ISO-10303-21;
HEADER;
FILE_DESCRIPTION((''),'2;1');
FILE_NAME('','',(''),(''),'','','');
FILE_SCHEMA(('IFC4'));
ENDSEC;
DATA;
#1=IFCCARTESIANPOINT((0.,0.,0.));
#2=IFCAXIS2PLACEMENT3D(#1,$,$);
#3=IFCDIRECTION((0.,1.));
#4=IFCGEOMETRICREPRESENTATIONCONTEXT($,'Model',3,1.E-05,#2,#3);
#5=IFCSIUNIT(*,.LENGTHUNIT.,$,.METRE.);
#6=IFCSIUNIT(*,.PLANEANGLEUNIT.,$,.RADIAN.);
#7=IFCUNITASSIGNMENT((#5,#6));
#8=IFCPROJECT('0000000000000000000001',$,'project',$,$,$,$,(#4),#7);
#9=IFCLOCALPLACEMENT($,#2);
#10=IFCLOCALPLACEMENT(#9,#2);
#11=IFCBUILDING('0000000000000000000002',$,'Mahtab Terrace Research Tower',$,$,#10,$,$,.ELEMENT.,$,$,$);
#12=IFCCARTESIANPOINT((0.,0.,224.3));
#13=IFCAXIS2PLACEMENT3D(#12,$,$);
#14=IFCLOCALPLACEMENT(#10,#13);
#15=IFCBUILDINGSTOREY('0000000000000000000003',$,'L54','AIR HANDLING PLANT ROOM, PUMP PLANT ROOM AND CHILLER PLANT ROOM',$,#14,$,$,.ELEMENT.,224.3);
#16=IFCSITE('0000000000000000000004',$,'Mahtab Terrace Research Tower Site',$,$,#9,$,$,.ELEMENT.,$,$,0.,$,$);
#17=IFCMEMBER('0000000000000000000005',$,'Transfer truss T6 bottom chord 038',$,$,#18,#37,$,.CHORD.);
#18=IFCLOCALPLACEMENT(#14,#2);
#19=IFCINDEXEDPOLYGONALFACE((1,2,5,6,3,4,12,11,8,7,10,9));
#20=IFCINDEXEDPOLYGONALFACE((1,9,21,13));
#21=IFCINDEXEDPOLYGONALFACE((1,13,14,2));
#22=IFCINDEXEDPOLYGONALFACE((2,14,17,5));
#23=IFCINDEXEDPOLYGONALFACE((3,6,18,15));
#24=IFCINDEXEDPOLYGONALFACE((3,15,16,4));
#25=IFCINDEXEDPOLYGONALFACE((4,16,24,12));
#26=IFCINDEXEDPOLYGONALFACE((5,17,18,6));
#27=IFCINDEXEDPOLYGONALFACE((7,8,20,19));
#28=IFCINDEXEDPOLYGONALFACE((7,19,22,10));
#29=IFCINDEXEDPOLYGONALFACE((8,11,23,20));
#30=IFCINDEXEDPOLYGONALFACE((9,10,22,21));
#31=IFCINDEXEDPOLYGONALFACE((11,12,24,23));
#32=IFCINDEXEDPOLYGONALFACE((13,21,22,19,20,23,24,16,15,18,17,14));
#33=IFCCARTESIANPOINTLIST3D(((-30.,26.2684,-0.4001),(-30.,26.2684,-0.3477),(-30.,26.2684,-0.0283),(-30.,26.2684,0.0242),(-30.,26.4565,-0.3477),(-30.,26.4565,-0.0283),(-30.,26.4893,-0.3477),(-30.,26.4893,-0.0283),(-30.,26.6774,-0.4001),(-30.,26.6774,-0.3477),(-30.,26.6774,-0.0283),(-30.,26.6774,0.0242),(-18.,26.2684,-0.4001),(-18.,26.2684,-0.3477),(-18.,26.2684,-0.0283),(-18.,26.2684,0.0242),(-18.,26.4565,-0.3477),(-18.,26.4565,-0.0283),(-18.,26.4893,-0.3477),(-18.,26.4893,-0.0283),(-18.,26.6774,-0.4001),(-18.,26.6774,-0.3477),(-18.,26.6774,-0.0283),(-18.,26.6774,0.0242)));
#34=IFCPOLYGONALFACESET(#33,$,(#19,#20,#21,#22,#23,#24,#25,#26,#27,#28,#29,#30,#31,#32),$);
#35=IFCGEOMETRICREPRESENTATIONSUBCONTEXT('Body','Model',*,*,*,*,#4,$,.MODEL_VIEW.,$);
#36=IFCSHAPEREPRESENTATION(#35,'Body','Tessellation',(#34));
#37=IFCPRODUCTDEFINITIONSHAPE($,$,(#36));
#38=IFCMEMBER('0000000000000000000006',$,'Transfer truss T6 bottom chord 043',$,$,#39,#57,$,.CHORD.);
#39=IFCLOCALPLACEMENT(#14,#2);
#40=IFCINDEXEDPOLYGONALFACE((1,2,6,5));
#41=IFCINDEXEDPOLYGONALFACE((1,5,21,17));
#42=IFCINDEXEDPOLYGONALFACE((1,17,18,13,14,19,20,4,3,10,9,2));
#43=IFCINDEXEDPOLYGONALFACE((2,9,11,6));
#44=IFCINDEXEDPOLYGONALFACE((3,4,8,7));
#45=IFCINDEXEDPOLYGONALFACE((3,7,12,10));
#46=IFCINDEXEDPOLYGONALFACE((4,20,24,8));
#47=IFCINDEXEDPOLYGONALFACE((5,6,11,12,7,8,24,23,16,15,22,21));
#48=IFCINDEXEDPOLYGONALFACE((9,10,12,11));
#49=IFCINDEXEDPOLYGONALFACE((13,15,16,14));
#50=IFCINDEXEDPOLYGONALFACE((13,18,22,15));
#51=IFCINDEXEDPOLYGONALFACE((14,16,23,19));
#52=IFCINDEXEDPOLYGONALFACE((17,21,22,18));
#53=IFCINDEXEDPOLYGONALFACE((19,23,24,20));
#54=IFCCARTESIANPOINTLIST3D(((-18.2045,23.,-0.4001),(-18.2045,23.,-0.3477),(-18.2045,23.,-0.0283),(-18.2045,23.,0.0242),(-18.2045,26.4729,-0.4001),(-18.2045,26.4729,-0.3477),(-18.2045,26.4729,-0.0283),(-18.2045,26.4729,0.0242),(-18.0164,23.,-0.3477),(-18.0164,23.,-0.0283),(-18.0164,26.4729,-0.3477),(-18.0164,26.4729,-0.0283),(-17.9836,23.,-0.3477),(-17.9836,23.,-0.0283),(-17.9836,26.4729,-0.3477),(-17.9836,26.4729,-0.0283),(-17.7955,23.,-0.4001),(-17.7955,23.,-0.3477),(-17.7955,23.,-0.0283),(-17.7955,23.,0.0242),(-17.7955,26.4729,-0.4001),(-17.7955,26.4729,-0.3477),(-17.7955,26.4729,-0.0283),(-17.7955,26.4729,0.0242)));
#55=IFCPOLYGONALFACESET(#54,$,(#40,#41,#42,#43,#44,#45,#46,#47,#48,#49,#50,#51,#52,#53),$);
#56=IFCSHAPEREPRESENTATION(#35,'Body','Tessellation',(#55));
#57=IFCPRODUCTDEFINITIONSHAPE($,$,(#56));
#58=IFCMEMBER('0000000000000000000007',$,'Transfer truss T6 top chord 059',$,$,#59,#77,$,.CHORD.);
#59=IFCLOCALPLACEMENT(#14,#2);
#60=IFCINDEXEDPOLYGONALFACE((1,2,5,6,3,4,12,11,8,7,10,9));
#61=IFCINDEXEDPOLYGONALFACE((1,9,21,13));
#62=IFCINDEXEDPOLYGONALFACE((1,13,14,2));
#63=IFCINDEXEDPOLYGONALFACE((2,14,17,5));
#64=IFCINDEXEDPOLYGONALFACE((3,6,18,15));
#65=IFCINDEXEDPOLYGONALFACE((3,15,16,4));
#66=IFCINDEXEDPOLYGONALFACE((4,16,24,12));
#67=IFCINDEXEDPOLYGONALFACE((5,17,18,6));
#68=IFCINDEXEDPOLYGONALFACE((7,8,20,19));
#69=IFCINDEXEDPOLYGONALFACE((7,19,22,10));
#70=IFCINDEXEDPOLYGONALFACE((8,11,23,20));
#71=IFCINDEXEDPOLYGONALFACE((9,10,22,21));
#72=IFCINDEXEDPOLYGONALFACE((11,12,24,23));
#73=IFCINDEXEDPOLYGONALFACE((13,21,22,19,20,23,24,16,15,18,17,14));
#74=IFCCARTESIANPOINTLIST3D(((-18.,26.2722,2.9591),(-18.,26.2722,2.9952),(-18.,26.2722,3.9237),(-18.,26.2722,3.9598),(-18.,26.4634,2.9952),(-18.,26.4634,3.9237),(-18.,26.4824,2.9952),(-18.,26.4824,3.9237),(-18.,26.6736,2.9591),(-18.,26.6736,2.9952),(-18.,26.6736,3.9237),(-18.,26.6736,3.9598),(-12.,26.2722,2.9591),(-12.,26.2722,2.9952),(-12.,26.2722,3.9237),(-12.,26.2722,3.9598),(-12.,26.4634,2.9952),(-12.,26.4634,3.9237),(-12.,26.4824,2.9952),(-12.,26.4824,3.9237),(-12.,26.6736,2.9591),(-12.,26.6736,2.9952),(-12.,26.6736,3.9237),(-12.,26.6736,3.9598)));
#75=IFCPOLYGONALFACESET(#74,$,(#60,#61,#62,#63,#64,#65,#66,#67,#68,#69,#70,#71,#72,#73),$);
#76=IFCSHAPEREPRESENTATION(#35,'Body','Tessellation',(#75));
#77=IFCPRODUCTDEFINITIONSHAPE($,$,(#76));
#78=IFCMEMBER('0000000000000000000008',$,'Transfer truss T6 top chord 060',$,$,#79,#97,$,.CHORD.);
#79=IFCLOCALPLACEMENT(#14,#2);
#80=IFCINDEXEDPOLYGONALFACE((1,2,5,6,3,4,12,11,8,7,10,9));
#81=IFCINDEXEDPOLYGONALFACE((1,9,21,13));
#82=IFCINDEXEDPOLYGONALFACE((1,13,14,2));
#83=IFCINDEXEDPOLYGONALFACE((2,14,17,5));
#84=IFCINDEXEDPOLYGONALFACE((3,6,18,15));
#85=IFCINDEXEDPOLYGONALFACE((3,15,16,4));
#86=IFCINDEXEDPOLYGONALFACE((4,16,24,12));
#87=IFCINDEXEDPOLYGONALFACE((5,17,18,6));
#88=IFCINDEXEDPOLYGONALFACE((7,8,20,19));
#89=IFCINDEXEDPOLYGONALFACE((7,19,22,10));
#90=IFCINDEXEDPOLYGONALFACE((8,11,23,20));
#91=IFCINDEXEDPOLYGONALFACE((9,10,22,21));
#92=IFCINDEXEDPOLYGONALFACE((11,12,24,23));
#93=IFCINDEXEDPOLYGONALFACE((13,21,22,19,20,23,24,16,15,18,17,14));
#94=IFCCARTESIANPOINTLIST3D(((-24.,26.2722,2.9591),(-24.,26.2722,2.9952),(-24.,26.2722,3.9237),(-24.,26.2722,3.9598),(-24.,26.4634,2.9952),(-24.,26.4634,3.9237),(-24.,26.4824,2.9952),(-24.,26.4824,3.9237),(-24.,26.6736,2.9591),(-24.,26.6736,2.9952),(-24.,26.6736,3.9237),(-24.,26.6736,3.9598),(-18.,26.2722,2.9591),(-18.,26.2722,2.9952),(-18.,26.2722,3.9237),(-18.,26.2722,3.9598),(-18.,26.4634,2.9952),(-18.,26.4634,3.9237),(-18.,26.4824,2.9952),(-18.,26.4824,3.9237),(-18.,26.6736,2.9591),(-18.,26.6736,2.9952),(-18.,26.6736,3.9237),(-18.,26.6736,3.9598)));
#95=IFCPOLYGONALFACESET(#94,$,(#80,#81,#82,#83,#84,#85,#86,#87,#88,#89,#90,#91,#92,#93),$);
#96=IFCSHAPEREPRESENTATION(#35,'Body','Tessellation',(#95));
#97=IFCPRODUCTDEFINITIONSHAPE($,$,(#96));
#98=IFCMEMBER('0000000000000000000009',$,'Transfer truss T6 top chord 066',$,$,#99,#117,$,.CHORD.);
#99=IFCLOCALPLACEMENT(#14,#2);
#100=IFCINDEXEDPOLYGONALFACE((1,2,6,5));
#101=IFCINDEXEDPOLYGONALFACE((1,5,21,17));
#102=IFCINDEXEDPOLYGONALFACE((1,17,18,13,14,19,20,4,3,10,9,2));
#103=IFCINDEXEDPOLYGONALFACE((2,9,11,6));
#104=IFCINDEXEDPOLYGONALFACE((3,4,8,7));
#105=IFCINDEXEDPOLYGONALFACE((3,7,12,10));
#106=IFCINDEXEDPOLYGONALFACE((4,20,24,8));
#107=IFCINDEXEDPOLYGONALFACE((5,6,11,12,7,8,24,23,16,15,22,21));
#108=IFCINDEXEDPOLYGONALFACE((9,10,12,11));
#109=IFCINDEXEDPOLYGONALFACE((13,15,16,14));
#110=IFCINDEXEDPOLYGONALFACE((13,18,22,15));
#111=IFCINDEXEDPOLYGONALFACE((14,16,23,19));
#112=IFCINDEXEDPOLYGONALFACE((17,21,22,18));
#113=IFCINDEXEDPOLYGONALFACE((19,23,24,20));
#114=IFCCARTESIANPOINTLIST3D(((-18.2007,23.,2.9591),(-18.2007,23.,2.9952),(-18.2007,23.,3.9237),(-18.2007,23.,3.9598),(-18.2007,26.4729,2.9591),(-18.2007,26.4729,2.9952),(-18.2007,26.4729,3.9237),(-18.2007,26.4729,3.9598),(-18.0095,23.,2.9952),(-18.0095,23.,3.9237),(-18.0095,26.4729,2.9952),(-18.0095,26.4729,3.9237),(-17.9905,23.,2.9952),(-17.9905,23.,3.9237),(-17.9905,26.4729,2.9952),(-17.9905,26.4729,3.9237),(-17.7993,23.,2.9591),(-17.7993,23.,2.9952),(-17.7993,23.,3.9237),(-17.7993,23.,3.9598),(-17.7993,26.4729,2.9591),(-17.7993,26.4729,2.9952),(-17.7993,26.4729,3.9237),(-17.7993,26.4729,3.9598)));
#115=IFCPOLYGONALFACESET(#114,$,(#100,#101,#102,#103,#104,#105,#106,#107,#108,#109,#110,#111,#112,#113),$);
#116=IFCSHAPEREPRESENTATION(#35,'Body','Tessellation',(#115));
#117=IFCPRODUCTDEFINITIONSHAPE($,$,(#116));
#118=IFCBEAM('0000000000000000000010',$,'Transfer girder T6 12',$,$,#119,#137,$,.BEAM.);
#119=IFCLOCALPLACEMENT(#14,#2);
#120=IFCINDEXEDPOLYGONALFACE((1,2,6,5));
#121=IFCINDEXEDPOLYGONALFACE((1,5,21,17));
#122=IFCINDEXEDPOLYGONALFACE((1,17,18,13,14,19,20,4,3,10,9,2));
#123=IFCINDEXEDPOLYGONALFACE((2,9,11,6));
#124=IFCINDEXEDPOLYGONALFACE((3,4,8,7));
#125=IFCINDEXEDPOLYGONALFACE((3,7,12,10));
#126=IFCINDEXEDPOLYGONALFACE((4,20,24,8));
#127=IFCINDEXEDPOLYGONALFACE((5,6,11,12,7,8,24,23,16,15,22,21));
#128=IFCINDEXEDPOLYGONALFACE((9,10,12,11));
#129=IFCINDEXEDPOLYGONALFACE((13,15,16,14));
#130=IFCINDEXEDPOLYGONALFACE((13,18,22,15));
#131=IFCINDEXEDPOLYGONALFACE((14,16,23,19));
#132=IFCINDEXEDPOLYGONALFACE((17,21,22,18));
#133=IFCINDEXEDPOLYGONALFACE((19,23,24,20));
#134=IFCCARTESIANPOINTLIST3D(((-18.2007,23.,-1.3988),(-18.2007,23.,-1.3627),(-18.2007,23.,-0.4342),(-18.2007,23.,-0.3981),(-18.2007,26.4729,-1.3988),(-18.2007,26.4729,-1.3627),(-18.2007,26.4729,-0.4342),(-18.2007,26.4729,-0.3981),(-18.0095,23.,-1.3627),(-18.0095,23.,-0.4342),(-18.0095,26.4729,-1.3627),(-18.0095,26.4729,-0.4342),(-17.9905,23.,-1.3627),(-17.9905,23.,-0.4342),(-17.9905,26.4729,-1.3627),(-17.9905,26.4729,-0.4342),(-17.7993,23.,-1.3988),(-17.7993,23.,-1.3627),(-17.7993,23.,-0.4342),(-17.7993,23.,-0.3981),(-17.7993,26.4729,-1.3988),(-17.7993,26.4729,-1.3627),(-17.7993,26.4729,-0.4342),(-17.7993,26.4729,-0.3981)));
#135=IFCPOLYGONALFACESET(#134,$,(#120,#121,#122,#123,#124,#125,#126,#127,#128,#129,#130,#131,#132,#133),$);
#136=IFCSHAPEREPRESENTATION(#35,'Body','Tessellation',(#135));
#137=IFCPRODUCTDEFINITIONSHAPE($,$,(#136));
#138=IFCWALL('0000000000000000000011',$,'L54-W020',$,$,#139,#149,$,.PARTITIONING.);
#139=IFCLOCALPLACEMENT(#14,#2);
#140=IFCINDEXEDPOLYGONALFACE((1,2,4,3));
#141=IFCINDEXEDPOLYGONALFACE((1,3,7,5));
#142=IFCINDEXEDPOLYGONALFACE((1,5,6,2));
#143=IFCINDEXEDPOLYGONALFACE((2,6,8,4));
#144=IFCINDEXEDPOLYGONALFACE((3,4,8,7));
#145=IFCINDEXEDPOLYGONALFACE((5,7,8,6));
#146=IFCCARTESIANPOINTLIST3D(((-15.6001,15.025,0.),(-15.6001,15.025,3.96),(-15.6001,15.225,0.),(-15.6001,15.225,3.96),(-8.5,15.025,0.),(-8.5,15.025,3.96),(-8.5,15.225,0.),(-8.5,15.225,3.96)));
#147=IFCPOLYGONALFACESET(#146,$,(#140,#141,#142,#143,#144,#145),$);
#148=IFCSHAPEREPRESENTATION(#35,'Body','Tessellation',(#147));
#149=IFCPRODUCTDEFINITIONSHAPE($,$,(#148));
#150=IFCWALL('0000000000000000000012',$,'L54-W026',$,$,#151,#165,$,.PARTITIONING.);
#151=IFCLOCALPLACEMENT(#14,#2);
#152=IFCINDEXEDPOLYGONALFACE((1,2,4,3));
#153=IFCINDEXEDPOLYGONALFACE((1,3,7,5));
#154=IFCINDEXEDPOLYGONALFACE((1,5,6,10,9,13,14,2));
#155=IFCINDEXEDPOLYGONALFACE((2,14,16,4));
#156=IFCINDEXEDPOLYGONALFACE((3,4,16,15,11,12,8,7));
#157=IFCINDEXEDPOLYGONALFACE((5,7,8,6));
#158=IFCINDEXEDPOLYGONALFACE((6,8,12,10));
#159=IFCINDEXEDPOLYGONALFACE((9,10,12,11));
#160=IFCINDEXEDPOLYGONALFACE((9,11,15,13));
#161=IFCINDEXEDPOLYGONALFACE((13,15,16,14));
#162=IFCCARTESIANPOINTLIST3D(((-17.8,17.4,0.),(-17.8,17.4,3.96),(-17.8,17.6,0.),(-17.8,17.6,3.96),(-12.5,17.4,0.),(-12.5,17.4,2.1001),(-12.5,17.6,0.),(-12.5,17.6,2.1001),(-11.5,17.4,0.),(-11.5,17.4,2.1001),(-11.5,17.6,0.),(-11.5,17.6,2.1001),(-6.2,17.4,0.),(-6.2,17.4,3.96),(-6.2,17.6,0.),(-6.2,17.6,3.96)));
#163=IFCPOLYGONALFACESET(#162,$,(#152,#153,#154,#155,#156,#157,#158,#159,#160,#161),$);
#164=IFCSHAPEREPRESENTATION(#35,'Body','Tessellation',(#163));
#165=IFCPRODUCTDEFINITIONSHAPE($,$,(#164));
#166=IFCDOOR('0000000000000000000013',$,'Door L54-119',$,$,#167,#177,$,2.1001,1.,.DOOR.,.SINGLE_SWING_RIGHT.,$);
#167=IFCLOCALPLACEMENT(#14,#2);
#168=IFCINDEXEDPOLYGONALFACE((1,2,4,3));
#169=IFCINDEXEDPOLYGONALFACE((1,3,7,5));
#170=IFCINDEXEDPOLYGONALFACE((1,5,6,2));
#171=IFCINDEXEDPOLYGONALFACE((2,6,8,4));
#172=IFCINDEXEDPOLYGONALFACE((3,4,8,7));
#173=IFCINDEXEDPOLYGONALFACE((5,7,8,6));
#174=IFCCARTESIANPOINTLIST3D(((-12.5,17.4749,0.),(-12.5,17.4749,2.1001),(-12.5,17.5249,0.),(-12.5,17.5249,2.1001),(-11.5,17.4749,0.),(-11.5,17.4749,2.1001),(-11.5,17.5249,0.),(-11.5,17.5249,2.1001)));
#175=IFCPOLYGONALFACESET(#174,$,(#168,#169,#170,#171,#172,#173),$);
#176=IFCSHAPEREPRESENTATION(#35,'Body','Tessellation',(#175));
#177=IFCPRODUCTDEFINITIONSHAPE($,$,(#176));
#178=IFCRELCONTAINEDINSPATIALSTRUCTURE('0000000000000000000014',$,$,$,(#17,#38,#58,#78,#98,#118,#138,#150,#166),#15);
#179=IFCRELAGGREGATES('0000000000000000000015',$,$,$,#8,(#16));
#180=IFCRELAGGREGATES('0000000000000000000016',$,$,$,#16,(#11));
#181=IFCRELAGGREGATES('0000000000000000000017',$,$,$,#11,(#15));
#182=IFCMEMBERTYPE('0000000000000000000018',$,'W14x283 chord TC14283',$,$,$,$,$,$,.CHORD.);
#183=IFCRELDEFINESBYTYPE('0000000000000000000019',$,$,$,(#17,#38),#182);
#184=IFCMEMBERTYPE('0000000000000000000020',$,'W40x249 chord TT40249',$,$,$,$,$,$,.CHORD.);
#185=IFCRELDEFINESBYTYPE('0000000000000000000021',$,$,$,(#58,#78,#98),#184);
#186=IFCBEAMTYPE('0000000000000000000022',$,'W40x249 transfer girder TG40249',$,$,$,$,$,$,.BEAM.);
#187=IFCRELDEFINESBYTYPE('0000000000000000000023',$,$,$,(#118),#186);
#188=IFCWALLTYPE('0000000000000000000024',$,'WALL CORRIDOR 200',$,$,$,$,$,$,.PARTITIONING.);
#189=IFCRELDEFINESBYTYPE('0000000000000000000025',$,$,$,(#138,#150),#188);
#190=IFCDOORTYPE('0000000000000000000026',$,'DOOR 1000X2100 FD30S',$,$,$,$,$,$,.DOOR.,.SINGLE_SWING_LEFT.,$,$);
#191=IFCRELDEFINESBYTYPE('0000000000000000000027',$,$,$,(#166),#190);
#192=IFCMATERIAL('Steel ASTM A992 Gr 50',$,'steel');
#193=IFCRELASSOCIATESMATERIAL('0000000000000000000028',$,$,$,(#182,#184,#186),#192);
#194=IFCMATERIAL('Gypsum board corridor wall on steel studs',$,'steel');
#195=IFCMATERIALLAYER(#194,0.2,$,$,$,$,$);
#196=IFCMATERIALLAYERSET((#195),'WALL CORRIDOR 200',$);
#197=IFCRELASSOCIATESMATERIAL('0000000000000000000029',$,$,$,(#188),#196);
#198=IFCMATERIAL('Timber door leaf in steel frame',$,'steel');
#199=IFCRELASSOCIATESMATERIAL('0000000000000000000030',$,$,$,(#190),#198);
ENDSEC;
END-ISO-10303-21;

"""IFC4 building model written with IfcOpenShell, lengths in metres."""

from ifc_helpers import new_model, si_unit, direction, frame, frame_2d, origin, origin_2d, place, context, subcontext, project, spatial, rectangle, i_section, extrude, material, layer, layer_set, material_profile, profile_set, type_object, element, fill, save


model = new_model("IFC4")

# Units and contexts
model_context = context("Model", 3, precision=1e-05, world=origin(), true_north=direction((0.0, 1.0)))
body_context = subcontext(model_context, "Body", "Model", "MODEL_VIEW")
ifc_project = project(units=[si_unit("LENGTHUNIT", "METRE"), si_unit("PLANEANGLEUNIT", "RADIAN")], contexts=[model_context])

# Site, building, storey
site_placement = place(None, origin())
site = spatial("IfcSite", under=ifc_project, at=site_placement, Name="Mahtab Terrace Research Tower Site", CompositionType="ELEMENT", RefElevation=0.0)
building_placement = place(site_placement, origin())
building = spatial("IfcBuilding", under=site, at=building_placement, Name="Mahtab Terrace Research Tower", CompositionType="ELEMENT")
storey_placement = place(building_placement, frame((0.0, 0.0, 224.3)))
storey = spatial("IfcBuildingStorey", under=building, at=storey_placement, Name="L54", Description="AIR HANDLING PLANT ROOM, PUMP PLANT ROOM AND CHILLER PLANT ROOM", CompositionType="ELEMENT", Elevation=224.3)

# Shared definitions
ifc_material_1 = material(Name="Steel ASTM A992 Gr 50", Category="steel")

# Members
ifc_material_profile_1 = material_profile(ifc_material_1, i_section(OverallWidth=0.4089, OverallDepth=0.4243, WebThickness=0.0327, FlangeThickness=0.0525, at=origin_2d()), Name="W14X283")
ifc_profile_set_1 = profile_set([ifc_material_profile_1], Name="Steel ASTM A992 Gr 50")
member_type_1 = type_object("IfcMemberType", Name="W14x283 chord TC14283", PredefinedType="CHORD", material=ifc_profile_set_1)
member_1_placement = place(storey_placement, frame((-18.0, 26.4729, -0.188), z_axis=(-1.0, 0.0, 0.0), x_axis=(0.0, -1.0, 0.0)))
element("IfcMember", 1, at=member_1_placement, inside=storey, type_object=member_type_1, Name="Transfer truss T6 bottom chord 038", PredefinedType="CHORD", context=body_context, shape_type="SweptSolid", body=[
    extrude(i_section(OverallWidth=0.4089, OverallDepth=0.4243, WebThickness=0.0327, FlangeThickness=0.0525, at=origin_2d()), origin(), (0.0, 0.0, 1.0), 12.0),
])
member_2_placement = place(storey_placement, frame((-18.0, 23.0, -0.188), z_axis=(0.0, 1.0, 0.0), x_axis=(-1.0, 0.0, 0.0)))
element("IfcMember", 2, at=member_2_placement, inside=storey, type_object=member_type_1, Name="Transfer truss T6 bottom chord 043", PredefinedType="CHORD", context=body_context, shape_type="SweptSolid", body=[
    extrude(i_section(OverallWidth=0.4089, OverallDepth=0.4243, WebThickness=0.0327, FlangeThickness=0.0525, at=origin_2d()), origin(), (0.0, 0.0, 1.0), 3.4729),
])
ifc_material_profile_2 = material_profile(ifc_material_1, i_section(OverallWidth=0.4014, OverallDepth=1.0007, WebThickness=0.019, FlangeThickness=0.0361, at=origin_2d()), Name="W40X249")
ifc_profile_set_2 = profile_set([ifc_material_profile_2], Name="Steel ASTM A992 Gr 50")
member_type_2 = type_object("IfcMemberType", Name="W40x249 chord TT40249", PredefinedType="CHORD", material=ifc_profile_set_2)
for number, where, z_axis, x_axis, name in (
    (3, (-12.0, 26.4729, 3.4595), (-1.0, 0.0, 0.0), (0.0, -1.0, 0.0), "Transfer truss T6 top chord 059"),
    (4, (-18.0, 26.4729, 3.4595), (-1.0, 0.0, 0.0), (0.0, -1.0, 0.0), "Transfer truss T6 top chord 060"),
):
    element("IfcMember", number, at=place(storey_placement, frame(where, z_axis=z_axis, x_axis=x_axis)), inside=storey, type_object=member_type_2, Name=name, PredefinedType="CHORD", context=body_context, shape_type="SweptSolid", body=[
        extrude(i_section(OverallWidth=0.4014, OverallDepth=1.0007, WebThickness=0.019, FlangeThickness=0.0361, at=origin_2d()), origin(), (0.0, 0.0, 1.0), 6.0),
    ])
member_3_placement = place(storey_placement, frame((-18.0, 23.0, 3.4595), z_axis=(0.0, 1.0, 0.0), x_axis=(-1.0, 0.0, 0.0)))
element("IfcMember", 5, at=member_3_placement, inside=storey, type_object=member_type_2, Name="Transfer truss T6 top chord 066", PredefinedType="CHORD", context=body_context, shape_type="SweptSolid", body=[
    extrude(i_section(OverallWidth=0.4014, OverallDepth=1.0007, WebThickness=0.019, FlangeThickness=0.0361, at=origin_2d()), origin(), (0.0, 0.0, 1.0), 3.4729),
])

# Beam
ifc_material_profile_3 = material_profile(ifc_material_1, i_section(OverallWidth=0.4014, OverallDepth=1.0007, WebThickness=0.019, FlangeThickness=0.0361, at=origin_2d()), Name="W40X249")
ifc_profile_set_3 = profile_set([ifc_material_profile_3], Name="Steel ASTM A992 Gr 50")
beam_type = type_object("IfcBeamType", Name="W40x249 transfer girder TG40249", PredefinedType="BEAM", material=ifc_profile_set_3)
beam_placement = place(storey_placement, frame((-18.0, 23.0, -0.8984), z_axis=(0.0, 1.0, 0.0), x_axis=(-1.0, 0.0, 0.0)))
element("IfcBeam", 6, at=beam_placement, inside=storey, type_object=beam_type, Name="Transfer girder T6 12", PredefinedType="BEAM", context=body_context, shape_type="SweptSolid", body=[
    extrude(i_section(OverallWidth=0.4014, OverallDepth=1.0007, WebThickness=0.019, FlangeThickness=0.0361, at=origin_2d()), origin(), (0.0, 0.0, 1.0), 3.4729),
])

# Wall
ifc_material_2 = material(Name="Gypsum board corridor wall on steel studs", Category="steel")
ifc_layer_1 = layer(ifc_material_2, 0.2)
ifc_layer_set_1 = layer_set([ifc_layer_1], Name="WALL CORRIDOR 200")
wall_type = type_object("IfcWallType", Name="WALL CORRIDOR 200", PredefinedType="PARTITIONING", material=ifc_layer_set_1)
wall_1_placement = place(storey_placement, frame((-15.6001, 15.125, 0.0), z_axis=(0.0, 0.0, 1.0), x_axis=(1.0, 0.0, 0.0)))
element("IfcWall", 7, at=wall_1_placement, inside=storey, type_object=wall_type, Name="L54-W020", PredefinedType="PARTITIONING", context=body_context, shape_type="SweptSolid", body=[
    extrude(rectangle(XDim=7.1001, YDim=0.2, at=frame_2d((3.55, 0.0))), origin(), (0.0, 0.0, 1.0), 3.96),
])

# Wall, opening, door
wall_2_placement = place(storey_placement, frame((-17.8, 17.5, 0.0), z_axis=(0.0, 0.0, 1.0), x_axis=(1.0, 0.0, 0.0)))
wall_2 = element("IfcWall", 8, at=wall_2_placement, inside=storey, type_object=wall_type, Name="L54-W026", PredefinedType="PARTITIONING", context=body_context, shape_type="SweptSolid", body=[
    extrude(rectangle(XDim=11.6001, YDim=0.2, at=frame_2d((5.8, 0.0))), origin(), (0.0, 0.0, 1.0), 3.96),
])
opening_placement = place(wall_2_placement, frame((5.3, 0.0, 0.0)))
opening = element("IfcOpeningElement", 9, at=opening_placement, cuts=wall_2, PredefinedType="OPENING", context=body_context, shape_type="SweptSolid", body=[
    extrude(rectangle(XDim=1.0, YDim=2.1001, at=frame_2d((0.5, 1.05))), frame((0.0, 0.1099, 0.0), z_axis=(0.0, -1.0, 0.0), x_axis=(1.0, 0.0, 0.0)), (0.0, 0.0, 1.0), 0.22),
])
ifc_material_3 = material(Name="Timber door leaf in steel frame", Category="steel")
door_type = type_object("IfcDoorType", Name="DOOR 1000X2100 FD30S", OperationType="SINGLE_SWING_LEFT", PredefinedType="DOOR", material=ifc_material_3)
door_placement = place(opening_placement, origin())
door = element("IfcDoor", 10, at=door_placement, inside=storey, type_object=door_type, Name="Door L54-119", OperationType="SINGLE_SWING_RIGHT", OverallHeight=2.1001, OverallWidth=1.0, PredefinedType="DOOR", context=body_context, shape_type="SweptSolid", body=[
    extrude(rectangle(XDim=1.0, YDim=2.1001, at=frame_2d((0.5, 1.05))), frame((0.0, 0.0249, 0.0), z_axis=(0.0, -1.0, 0.0), x_axis=(1.0, 0.0, 0.0)), (0.0, 0.0, 1.0), 0.05),
])
fill(opening, door)

save(model, "model.ifc")
